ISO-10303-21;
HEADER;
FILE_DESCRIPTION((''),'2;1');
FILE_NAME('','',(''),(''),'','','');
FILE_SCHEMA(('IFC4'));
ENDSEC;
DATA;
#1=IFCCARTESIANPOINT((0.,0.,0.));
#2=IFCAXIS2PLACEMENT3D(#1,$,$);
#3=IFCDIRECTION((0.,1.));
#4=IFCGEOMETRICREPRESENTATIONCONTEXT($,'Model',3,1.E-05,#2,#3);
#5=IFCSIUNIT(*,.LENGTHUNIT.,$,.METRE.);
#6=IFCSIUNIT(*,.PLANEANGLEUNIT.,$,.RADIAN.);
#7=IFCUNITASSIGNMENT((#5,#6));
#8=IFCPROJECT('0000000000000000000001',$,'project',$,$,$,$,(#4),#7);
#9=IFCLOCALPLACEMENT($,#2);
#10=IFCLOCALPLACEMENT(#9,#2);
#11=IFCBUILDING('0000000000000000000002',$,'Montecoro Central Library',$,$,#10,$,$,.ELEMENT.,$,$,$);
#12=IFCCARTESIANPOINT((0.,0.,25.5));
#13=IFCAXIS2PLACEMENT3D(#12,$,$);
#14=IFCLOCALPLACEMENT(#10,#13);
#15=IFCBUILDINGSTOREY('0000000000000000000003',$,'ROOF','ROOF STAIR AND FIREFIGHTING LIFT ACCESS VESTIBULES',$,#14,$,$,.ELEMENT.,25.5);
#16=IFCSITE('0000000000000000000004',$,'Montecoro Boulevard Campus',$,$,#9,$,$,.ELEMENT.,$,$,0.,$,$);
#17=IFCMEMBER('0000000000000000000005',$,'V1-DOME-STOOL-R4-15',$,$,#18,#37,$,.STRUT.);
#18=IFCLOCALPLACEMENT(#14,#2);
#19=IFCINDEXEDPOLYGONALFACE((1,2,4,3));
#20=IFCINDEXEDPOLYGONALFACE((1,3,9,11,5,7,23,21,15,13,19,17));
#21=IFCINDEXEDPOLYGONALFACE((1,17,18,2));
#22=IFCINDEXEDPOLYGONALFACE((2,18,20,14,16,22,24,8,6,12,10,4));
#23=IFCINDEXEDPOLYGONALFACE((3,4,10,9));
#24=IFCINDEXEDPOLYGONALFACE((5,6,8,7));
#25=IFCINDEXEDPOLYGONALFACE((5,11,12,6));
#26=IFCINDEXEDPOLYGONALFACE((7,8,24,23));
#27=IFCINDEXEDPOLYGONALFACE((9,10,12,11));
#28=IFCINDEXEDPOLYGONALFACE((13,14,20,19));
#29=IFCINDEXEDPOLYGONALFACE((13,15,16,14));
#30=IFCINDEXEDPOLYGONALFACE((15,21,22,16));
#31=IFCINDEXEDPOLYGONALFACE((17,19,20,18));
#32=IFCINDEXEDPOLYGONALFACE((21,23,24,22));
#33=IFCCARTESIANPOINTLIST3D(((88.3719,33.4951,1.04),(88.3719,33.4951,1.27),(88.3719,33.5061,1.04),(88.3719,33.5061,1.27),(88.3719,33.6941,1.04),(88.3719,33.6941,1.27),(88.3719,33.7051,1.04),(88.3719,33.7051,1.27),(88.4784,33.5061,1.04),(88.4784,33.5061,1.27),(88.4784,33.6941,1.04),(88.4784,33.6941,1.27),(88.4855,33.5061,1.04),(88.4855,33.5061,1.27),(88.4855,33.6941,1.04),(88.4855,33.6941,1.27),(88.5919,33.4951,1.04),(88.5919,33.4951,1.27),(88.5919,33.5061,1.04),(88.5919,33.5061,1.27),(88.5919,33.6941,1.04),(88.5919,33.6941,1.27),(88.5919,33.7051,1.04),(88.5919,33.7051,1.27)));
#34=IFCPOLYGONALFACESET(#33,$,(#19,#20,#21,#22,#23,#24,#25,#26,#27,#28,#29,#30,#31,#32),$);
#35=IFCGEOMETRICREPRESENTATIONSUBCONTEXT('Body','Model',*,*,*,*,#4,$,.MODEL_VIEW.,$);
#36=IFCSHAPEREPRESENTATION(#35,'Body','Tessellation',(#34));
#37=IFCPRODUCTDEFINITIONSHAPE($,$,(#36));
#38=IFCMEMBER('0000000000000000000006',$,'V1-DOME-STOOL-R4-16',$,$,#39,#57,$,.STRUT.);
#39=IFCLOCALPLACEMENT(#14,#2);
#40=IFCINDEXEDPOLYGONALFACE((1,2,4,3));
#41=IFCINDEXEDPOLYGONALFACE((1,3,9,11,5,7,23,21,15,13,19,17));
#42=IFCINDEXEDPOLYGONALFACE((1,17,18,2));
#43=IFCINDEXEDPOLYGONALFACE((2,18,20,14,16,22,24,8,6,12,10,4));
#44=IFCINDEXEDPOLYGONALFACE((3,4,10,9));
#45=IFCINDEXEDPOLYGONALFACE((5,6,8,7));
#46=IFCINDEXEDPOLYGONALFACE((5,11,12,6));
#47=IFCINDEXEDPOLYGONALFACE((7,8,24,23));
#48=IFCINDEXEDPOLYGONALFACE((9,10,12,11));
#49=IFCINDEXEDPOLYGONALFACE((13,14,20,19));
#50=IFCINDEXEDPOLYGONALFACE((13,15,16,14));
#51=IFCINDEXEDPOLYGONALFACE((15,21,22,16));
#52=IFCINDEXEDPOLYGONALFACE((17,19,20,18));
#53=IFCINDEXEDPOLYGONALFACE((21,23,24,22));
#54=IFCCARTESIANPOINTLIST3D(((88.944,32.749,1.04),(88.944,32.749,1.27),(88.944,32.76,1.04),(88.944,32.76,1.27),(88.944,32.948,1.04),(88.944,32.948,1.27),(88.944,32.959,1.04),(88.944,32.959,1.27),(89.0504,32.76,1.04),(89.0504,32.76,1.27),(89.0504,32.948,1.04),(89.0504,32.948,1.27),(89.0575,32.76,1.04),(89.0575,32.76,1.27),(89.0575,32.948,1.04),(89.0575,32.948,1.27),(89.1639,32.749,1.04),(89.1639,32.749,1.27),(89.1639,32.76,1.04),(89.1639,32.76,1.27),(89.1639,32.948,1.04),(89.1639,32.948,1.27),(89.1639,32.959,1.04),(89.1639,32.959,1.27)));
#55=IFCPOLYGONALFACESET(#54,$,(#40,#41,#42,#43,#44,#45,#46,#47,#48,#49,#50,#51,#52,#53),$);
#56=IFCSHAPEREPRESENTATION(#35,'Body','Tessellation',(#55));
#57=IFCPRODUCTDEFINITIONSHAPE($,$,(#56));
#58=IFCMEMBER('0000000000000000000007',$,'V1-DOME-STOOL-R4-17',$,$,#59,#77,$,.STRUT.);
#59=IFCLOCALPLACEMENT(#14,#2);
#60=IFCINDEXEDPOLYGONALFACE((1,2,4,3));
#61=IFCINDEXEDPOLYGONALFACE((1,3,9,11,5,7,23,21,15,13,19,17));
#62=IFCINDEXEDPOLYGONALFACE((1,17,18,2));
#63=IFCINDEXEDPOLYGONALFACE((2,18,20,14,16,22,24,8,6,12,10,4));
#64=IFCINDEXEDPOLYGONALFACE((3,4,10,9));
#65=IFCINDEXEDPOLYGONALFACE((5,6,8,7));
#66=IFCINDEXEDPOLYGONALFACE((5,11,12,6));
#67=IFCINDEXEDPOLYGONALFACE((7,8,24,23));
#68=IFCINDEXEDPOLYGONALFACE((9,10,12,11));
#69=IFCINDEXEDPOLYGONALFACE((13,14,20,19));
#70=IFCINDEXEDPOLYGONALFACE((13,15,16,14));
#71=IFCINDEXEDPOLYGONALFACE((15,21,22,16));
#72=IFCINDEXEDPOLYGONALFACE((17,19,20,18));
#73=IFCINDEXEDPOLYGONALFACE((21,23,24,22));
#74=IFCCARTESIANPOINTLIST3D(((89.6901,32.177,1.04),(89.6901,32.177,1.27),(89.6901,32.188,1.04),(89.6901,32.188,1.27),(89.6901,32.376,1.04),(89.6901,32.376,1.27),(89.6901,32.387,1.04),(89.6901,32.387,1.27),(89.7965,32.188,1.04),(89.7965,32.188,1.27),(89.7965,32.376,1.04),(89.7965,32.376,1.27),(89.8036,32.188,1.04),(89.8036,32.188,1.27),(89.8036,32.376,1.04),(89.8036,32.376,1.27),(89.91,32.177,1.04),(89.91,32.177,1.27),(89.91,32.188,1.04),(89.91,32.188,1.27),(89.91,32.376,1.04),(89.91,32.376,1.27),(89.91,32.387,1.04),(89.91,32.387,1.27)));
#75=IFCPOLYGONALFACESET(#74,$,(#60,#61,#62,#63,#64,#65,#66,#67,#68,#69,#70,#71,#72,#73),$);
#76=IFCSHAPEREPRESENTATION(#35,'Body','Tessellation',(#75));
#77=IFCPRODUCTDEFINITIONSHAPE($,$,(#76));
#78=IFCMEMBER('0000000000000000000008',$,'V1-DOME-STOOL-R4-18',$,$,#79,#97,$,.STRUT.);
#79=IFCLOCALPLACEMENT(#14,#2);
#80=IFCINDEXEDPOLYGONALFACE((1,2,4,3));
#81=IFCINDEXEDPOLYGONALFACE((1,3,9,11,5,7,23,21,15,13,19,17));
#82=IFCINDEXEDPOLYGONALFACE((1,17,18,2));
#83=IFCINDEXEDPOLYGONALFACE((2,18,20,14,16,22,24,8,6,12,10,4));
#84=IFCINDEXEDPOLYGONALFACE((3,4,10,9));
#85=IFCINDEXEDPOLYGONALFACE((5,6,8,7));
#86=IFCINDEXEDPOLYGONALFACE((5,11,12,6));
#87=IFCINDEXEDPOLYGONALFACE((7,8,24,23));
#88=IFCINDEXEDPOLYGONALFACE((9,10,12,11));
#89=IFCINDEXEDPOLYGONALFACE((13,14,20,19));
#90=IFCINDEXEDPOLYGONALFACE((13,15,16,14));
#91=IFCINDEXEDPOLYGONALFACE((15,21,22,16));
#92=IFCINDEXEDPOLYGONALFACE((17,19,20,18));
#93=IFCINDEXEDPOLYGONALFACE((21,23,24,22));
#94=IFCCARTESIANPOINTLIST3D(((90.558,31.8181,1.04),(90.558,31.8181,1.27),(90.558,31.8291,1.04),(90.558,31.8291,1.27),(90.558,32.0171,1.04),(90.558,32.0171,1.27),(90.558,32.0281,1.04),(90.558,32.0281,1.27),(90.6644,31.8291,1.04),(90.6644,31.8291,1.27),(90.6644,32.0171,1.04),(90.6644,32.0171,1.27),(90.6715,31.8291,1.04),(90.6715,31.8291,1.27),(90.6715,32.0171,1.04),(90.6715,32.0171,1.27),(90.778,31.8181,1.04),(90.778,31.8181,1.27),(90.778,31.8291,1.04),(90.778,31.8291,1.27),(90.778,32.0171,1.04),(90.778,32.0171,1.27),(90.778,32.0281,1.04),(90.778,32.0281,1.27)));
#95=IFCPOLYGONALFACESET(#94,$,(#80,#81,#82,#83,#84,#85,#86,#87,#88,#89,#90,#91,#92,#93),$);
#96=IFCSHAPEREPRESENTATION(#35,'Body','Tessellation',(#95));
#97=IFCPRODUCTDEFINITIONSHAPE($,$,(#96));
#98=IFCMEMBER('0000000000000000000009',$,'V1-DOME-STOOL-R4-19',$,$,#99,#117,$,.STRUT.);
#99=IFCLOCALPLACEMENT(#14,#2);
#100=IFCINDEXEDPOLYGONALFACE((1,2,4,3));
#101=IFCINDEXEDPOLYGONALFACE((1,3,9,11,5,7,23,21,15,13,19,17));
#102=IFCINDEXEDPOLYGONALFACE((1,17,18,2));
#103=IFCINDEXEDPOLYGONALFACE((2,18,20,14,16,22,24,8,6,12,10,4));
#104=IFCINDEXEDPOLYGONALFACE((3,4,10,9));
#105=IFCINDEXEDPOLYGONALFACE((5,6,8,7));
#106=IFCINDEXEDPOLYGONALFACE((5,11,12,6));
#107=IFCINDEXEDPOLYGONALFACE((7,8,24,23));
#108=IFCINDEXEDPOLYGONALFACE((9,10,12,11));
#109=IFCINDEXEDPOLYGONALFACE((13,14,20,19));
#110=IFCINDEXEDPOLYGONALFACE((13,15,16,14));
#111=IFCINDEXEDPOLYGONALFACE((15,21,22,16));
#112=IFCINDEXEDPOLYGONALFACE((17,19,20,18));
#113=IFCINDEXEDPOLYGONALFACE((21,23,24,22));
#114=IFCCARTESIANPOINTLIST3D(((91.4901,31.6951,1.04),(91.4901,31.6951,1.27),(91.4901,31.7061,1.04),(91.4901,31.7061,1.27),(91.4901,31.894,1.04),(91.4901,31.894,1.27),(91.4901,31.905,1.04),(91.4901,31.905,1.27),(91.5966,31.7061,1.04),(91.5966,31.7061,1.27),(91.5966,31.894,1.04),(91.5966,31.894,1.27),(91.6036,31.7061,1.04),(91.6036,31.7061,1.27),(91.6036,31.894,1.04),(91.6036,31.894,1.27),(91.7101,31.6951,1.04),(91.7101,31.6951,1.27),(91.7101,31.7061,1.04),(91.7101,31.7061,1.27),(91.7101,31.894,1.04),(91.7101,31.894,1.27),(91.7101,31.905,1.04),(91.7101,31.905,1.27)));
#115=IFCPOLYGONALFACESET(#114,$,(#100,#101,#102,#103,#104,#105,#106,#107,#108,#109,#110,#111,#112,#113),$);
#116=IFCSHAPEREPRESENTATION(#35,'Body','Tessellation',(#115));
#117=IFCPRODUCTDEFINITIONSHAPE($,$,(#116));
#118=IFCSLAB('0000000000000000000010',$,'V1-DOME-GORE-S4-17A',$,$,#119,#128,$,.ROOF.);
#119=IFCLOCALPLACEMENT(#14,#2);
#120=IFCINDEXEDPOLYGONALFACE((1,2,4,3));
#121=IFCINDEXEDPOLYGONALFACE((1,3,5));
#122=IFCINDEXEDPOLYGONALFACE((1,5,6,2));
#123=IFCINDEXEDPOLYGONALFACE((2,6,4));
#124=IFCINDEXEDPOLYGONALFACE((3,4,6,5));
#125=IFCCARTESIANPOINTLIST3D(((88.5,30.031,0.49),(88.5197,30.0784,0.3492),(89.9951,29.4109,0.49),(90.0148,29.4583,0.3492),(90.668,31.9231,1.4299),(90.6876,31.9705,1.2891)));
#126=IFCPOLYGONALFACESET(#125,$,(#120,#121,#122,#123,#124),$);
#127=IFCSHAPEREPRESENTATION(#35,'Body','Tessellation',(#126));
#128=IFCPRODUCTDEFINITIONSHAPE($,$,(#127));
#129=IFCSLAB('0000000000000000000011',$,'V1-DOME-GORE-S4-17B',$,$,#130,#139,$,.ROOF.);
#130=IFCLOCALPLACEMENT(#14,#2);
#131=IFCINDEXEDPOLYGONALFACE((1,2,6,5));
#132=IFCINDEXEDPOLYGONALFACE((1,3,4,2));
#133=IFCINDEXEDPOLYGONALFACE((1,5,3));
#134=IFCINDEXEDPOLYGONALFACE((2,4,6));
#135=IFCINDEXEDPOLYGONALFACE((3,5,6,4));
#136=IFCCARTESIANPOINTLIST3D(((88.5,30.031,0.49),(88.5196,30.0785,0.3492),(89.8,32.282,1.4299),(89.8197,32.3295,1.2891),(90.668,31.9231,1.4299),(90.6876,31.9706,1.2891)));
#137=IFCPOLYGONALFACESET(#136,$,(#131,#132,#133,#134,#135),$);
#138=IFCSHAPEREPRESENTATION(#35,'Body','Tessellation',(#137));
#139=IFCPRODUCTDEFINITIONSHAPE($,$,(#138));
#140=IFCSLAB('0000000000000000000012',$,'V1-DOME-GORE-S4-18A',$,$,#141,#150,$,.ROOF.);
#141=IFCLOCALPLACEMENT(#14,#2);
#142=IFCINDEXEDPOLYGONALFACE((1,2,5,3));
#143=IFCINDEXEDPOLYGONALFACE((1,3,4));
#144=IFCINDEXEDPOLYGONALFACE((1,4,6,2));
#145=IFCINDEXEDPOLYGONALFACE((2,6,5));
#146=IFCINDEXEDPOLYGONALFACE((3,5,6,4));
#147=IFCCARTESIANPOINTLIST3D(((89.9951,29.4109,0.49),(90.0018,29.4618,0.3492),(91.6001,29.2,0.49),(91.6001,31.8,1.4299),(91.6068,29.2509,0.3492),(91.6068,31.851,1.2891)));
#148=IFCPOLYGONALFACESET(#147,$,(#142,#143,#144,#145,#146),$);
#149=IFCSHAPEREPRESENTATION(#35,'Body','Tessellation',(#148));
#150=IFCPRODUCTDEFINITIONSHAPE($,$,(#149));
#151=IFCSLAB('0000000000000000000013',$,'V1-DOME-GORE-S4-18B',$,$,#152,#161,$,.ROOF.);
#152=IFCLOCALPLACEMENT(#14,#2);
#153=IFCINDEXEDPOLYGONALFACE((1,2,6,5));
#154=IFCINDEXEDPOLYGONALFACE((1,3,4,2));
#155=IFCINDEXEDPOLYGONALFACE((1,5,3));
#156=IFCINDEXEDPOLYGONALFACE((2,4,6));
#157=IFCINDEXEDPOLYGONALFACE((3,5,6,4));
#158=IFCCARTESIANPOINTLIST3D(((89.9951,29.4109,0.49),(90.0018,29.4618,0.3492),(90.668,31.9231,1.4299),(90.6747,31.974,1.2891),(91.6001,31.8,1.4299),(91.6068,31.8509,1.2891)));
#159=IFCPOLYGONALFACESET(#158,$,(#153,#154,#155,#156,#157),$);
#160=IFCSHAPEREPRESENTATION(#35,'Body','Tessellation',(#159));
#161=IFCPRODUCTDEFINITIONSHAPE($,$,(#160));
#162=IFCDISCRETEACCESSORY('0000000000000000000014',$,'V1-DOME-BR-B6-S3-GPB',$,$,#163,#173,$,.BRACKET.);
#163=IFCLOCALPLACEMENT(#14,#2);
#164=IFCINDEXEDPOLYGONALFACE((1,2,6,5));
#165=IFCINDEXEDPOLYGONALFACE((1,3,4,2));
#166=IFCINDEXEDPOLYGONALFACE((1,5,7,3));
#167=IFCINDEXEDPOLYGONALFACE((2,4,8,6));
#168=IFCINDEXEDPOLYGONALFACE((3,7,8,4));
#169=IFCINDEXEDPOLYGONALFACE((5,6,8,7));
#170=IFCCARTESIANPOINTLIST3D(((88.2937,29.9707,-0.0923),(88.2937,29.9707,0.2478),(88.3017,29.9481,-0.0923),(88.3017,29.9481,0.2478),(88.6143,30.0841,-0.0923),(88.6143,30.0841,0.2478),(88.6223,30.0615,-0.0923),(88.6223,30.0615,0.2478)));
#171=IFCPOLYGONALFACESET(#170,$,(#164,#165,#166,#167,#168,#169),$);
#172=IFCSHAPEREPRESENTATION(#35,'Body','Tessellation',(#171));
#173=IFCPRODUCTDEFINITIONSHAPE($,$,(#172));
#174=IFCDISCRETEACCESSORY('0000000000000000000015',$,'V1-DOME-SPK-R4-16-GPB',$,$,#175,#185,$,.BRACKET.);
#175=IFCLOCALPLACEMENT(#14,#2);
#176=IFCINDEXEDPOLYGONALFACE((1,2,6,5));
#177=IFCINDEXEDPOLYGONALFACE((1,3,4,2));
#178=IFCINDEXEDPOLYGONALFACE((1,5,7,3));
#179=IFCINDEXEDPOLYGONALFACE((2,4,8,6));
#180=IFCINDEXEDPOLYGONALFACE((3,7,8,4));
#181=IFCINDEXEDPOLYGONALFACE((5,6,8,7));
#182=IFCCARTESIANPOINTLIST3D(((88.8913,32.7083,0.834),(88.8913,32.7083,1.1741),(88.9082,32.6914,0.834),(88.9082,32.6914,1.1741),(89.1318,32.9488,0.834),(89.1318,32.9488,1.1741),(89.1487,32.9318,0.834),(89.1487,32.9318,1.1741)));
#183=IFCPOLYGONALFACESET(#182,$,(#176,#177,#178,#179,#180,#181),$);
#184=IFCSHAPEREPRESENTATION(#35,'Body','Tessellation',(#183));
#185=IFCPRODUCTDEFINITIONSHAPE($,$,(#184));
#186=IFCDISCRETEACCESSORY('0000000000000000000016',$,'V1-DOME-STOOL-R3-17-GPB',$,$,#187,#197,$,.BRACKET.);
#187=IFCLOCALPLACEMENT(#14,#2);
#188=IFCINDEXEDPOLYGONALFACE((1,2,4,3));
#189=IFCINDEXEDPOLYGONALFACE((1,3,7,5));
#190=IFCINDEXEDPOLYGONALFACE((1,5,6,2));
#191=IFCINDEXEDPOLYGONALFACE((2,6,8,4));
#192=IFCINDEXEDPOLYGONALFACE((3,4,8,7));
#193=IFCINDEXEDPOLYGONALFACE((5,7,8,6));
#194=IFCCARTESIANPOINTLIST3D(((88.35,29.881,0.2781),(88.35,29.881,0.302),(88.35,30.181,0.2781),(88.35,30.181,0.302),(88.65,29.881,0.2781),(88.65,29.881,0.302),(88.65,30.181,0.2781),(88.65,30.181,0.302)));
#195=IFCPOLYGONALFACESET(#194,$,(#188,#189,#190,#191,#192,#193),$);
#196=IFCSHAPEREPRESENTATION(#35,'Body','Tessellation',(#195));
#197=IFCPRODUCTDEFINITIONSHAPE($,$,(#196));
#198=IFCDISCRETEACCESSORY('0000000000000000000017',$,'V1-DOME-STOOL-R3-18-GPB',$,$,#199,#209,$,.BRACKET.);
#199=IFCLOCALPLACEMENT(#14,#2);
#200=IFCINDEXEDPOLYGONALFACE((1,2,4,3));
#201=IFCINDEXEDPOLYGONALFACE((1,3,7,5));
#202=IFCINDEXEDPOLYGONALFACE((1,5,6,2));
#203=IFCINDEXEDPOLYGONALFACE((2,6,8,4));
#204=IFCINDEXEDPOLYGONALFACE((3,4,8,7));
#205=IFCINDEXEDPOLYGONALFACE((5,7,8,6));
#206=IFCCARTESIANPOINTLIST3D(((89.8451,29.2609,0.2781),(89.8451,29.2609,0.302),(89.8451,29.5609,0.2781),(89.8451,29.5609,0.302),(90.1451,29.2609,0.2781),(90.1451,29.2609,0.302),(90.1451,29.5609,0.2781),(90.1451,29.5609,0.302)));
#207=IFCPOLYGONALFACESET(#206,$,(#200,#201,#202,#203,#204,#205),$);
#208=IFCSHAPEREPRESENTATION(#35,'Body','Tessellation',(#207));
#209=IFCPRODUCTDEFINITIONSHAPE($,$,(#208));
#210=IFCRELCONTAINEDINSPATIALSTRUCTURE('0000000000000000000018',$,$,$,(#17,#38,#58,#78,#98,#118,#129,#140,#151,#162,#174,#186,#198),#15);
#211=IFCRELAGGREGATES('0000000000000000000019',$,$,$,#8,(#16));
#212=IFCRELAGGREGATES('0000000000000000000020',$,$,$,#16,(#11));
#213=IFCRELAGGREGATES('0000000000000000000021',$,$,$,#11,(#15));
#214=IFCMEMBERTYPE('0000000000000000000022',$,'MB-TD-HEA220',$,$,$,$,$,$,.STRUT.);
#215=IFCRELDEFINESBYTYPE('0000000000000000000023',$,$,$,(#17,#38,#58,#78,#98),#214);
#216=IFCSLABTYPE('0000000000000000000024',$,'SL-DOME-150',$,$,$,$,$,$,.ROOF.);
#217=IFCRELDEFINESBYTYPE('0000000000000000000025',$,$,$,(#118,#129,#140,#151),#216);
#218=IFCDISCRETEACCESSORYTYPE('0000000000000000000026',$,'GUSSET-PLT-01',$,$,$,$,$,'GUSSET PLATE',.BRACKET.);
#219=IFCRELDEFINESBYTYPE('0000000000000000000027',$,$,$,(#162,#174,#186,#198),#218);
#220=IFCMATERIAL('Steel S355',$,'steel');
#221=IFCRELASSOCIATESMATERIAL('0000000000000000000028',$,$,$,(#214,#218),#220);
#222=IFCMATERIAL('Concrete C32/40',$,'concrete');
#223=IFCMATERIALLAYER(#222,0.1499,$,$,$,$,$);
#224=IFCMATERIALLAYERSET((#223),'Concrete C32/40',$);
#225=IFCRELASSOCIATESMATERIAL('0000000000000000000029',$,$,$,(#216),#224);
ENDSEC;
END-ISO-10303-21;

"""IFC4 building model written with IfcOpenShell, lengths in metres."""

from ifc_helpers import new_model, si_unit, direction, frame, origin, origin_2d, place, context, subcontext, project, spatial, polyline, rectangle, i_section, outline, extrude, material, layer, layer_set, material_profile, profile_set, type_object, element, save


model = new_model("IFC4")

# Units and contexts
model_context = context("Model", 3, precision=1e-05, world=origin(), true_north=direction((0.0, 1.0)))
body_context = subcontext(model_context, "Body", "Model", "MODEL_VIEW")
ifc_project = project(units=[si_unit("LENGTHUNIT", "METRE"), si_unit("PLANEANGLEUNIT", "RADIAN")], contexts=[model_context])

# Site, building, storey
site_placement = place(None, origin())
site = spatial("IfcSite", under=ifc_project, at=site_placement, Name="Montecoro Boulevard Campus", CompositionType="ELEMENT", RefElevation=0.0)
building_placement = place(site_placement, origin())
building = spatial("IfcBuilding", under=site, at=building_placement, Name="Montecoro Central Library", CompositionType="ELEMENT")
storey_placement = place(building_placement, frame((0.0, 0.0, 25.5)))
storey = spatial("IfcBuildingStorey", under=building, at=storey_placement, Name="ROOF", Description="ROOF STAIR AND FIREFIGHTING LIFT ACCESS VESTIBULES", CompositionType="ELEMENT", Elevation=25.5)

# Members
ifc_material_1 = material(Name="Steel S355", Category="steel")
ifc_material_profile_1 = material_profile(ifc_material_1, i_section(OverallWidth=0.22, OverallDepth=0.21, WebThickness=0.0071, FlangeThickness=0.011, at=origin_2d()), Name="HEA 220")
ifc_profile_set_1 = profile_set([ifc_material_profile_1], Name="Steel S355")
member_type_1 = type_object("IfcMemberType", Name="MB-TD-HEA220", PredefinedType="STRUT", material=ifc_profile_set_1)
for number, where, z_axis, x_axis, name in (
    (1, (88.4819, 33.6001, 1.04), (0.0, 0.0, 1.0), (1.0, 0.0, 0.0), "V1-DOME-STOOL-R4-15"),
    (2, (89.054, 32.854, 1.04), (0.0, 0.0, 1.0), (1.0, 0.0, 0.0), "V1-DOME-STOOL-R4-16"),
    (3, (89.8, 32.282, 1.04), (0.0, 0.0, 1.0), (1.0, 0.0, 0.0), "V1-DOME-STOOL-R4-17"),
    (4, (90.668, 31.9231, 1.04), (0.0, 0.0, 1.0), (1.0, 0.0, 0.0), "V1-DOME-STOOL-R4-18"),
    (5, (91.6001, 31.8, 1.04), (0.0, 0.0, 1.0), (1.0, 0.0, 0.0), "V1-DOME-STOOL-R4-19"),
):
    element("IfcMember", number, at=place(storey_placement, frame(where, z_axis=z_axis, x_axis=x_axis)), inside=storey, type_object=member_type_1, Name=name, PredefinedType="STRUT", context=body_context, shape_type="SweptSolid", body=[
        extrude(i_section(OverallWidth=0.22, OverallDepth=0.21, WebThickness=0.0071, FlangeThickness=0.011, at=origin_2d()), origin(), (0.0, 0.0, 1.0), 0.23),
    ])

# Slabs
ifc_material_2 = material(Name="Concrete C32/40", Category="concrete")
ifc_layer = layer(ifc_material_2, 0.1499)
ifc_layer_set = layer_set([ifc_layer], Name="Concrete C32/40")
slab_type = type_object("IfcSlabType", Name="SL-DOME-150", PredefinedType="ROOF", material=ifc_layer_set)
slab_1_placement = place(storey_placement, frame((88.5, 30.031, 0.49), z_axis=(-0.13122, -0.316374, 0.939515), x_axis=(0.9237, -0.383115, 0.0)))
element("IfcSlab", 6, at=slab_1_placement, inside=storey, type_object=slab_type, Name="V1-DOME-GORE-S4-17A", PredefinedType="ROOF", context=body_context, shape_type="SweptSolid", body=[
    extrude(outline(polyline([(0.0, 0.0), (1.6186, 0.0), (1.2777, 2.7443), (0.0, 0.0)])), origin(), (0.0, 0.0, -1.0), 0.1499),
])
slab_2_placement = place(storey_placement, frame((88.5, 30.031, 0.49), z_axis=(-0.130941, -0.316664, 0.939456), x_axis=(0.716177, 0.625042, 0.310505)))
element("IfcSlab", 7, at=slab_2_placement, inside=storey, type_object=slab_type, Name="V1-DOME-GORE-S4-17B", PredefinedType="ROOF", context=body_context, shape_type="SweptSolid", body=[
    extrude(outline(polyline([(0.0, 0.0), (3.0271, 0.0), (2.6299, 0.851), (0.0, 0.0)])), origin(), (0.0, 0.0, -1.0), 0.1499),
])
slab_3_placement = place(storey_placement, frame((89.9951, 29.4109, 0.49), z_axis=(-0.044637, -0.339631, 0.939499), x_axis=(0.991474, -0.130306, 0.0)))
element("IfcSlab", 8, at=slab_3_placement, inside=storey, type_object=slab_type, Name="V1-DOME-GORE-S4-18A", PredefinedType="ROOF", context=body_context, shape_type="SweptSolid", body=[
    extrude(outline(polyline([(0.0, 0.0), (1.6188, 0.0), (1.28, 2.7439), (0.0, 0.0)])), origin(), (0.0, 0.0, -1.0), 0.1499),
])
slab_4_placement = place(storey_placement, frame((89.9951, 29.4109, 0.49), z_axis=(-0.044819, -0.339521, 0.93953), x_axis=(0.530082, 0.789076, 0.310438)))
element("IfcSlab", 9, at=slab_4_placement, inside=storey, type_object=slab_type, Name="V1-DOME-GORE-S4-18B", PredefinedType="ROOF", context=body_context, shape_type="SweptSolid", body=[
    extrude(outline(polyline([(0.0, 0.0), (3.0278, 0.0), (2.6308, 0.8523), (0.0, 0.0)])), origin(), (0.0, 0.0, -1.0), 0.1499),
])

# Discrete accessories
discrete_accessory_type = type_object("IfcDiscreteAccessoryType", Name="GUSSET-PLT-01", ElementType="GUSSET PLATE", PredefinedType="BRACKET", material=ifc_material_1)
for number, where, z_axis, x_axis, name in (
    (10, (88.458, 30.0161, -0.0923), (0.0, 0.0, 1.0), (0.942758, 0.333478, 0.0), "V1-DOME-BR-B6-S3-GPB"),
    (11, (89.02, 32.8201, 0.834), (0.0, 0.0, 1.0), (0.707107, 0.707107, 0.0), "V1-DOME-SPK-R4-16-GPB"),
):
    element("IfcDiscreteAccessory", number, at=place(storey_placement, frame(where, z_axis=z_axis, x_axis=x_axis)), inside=storey, type_object=discrete_accessory_type, Name=name, PredefinedType="BRACKET", context=body_context, shape_type="SweptSolid", body=[
        extrude(rectangle(XDim=0.3401, YDim=0.0239, at=origin_2d()), origin(), (0.0, 0.0, 1.0), 0.3401),
    ])
for number, where, z_axis, x_axis, name in (
    (12, (88.5, 30.031, 0.2781), (0.0, 0.0, 1.0), (1.0, 0.0, 0.0), "V1-DOME-STOOL-R3-17-GPB"),
    (13, (89.9951, 29.4109, 0.2781), (0.0, 0.0, 1.0), (1.0, 0.0, 0.0), "V1-DOME-STOOL-R3-18-GPB"),
):
    element("IfcDiscreteAccessory", number, at=place(storey_placement, frame(where, z_axis=z_axis, x_axis=x_axis)), inside=storey, type_object=discrete_accessory_type, Name=name, PredefinedType="BRACKET", context=body_context, shape_type="SweptSolid", body=[
        extrude(rectangle(XDim=0.3, YDim=0.3, at=origin_2d()), origin(), (0.0, 0.0, 1.0), 0.0239),
    ])

save(model, "model.ifc")
